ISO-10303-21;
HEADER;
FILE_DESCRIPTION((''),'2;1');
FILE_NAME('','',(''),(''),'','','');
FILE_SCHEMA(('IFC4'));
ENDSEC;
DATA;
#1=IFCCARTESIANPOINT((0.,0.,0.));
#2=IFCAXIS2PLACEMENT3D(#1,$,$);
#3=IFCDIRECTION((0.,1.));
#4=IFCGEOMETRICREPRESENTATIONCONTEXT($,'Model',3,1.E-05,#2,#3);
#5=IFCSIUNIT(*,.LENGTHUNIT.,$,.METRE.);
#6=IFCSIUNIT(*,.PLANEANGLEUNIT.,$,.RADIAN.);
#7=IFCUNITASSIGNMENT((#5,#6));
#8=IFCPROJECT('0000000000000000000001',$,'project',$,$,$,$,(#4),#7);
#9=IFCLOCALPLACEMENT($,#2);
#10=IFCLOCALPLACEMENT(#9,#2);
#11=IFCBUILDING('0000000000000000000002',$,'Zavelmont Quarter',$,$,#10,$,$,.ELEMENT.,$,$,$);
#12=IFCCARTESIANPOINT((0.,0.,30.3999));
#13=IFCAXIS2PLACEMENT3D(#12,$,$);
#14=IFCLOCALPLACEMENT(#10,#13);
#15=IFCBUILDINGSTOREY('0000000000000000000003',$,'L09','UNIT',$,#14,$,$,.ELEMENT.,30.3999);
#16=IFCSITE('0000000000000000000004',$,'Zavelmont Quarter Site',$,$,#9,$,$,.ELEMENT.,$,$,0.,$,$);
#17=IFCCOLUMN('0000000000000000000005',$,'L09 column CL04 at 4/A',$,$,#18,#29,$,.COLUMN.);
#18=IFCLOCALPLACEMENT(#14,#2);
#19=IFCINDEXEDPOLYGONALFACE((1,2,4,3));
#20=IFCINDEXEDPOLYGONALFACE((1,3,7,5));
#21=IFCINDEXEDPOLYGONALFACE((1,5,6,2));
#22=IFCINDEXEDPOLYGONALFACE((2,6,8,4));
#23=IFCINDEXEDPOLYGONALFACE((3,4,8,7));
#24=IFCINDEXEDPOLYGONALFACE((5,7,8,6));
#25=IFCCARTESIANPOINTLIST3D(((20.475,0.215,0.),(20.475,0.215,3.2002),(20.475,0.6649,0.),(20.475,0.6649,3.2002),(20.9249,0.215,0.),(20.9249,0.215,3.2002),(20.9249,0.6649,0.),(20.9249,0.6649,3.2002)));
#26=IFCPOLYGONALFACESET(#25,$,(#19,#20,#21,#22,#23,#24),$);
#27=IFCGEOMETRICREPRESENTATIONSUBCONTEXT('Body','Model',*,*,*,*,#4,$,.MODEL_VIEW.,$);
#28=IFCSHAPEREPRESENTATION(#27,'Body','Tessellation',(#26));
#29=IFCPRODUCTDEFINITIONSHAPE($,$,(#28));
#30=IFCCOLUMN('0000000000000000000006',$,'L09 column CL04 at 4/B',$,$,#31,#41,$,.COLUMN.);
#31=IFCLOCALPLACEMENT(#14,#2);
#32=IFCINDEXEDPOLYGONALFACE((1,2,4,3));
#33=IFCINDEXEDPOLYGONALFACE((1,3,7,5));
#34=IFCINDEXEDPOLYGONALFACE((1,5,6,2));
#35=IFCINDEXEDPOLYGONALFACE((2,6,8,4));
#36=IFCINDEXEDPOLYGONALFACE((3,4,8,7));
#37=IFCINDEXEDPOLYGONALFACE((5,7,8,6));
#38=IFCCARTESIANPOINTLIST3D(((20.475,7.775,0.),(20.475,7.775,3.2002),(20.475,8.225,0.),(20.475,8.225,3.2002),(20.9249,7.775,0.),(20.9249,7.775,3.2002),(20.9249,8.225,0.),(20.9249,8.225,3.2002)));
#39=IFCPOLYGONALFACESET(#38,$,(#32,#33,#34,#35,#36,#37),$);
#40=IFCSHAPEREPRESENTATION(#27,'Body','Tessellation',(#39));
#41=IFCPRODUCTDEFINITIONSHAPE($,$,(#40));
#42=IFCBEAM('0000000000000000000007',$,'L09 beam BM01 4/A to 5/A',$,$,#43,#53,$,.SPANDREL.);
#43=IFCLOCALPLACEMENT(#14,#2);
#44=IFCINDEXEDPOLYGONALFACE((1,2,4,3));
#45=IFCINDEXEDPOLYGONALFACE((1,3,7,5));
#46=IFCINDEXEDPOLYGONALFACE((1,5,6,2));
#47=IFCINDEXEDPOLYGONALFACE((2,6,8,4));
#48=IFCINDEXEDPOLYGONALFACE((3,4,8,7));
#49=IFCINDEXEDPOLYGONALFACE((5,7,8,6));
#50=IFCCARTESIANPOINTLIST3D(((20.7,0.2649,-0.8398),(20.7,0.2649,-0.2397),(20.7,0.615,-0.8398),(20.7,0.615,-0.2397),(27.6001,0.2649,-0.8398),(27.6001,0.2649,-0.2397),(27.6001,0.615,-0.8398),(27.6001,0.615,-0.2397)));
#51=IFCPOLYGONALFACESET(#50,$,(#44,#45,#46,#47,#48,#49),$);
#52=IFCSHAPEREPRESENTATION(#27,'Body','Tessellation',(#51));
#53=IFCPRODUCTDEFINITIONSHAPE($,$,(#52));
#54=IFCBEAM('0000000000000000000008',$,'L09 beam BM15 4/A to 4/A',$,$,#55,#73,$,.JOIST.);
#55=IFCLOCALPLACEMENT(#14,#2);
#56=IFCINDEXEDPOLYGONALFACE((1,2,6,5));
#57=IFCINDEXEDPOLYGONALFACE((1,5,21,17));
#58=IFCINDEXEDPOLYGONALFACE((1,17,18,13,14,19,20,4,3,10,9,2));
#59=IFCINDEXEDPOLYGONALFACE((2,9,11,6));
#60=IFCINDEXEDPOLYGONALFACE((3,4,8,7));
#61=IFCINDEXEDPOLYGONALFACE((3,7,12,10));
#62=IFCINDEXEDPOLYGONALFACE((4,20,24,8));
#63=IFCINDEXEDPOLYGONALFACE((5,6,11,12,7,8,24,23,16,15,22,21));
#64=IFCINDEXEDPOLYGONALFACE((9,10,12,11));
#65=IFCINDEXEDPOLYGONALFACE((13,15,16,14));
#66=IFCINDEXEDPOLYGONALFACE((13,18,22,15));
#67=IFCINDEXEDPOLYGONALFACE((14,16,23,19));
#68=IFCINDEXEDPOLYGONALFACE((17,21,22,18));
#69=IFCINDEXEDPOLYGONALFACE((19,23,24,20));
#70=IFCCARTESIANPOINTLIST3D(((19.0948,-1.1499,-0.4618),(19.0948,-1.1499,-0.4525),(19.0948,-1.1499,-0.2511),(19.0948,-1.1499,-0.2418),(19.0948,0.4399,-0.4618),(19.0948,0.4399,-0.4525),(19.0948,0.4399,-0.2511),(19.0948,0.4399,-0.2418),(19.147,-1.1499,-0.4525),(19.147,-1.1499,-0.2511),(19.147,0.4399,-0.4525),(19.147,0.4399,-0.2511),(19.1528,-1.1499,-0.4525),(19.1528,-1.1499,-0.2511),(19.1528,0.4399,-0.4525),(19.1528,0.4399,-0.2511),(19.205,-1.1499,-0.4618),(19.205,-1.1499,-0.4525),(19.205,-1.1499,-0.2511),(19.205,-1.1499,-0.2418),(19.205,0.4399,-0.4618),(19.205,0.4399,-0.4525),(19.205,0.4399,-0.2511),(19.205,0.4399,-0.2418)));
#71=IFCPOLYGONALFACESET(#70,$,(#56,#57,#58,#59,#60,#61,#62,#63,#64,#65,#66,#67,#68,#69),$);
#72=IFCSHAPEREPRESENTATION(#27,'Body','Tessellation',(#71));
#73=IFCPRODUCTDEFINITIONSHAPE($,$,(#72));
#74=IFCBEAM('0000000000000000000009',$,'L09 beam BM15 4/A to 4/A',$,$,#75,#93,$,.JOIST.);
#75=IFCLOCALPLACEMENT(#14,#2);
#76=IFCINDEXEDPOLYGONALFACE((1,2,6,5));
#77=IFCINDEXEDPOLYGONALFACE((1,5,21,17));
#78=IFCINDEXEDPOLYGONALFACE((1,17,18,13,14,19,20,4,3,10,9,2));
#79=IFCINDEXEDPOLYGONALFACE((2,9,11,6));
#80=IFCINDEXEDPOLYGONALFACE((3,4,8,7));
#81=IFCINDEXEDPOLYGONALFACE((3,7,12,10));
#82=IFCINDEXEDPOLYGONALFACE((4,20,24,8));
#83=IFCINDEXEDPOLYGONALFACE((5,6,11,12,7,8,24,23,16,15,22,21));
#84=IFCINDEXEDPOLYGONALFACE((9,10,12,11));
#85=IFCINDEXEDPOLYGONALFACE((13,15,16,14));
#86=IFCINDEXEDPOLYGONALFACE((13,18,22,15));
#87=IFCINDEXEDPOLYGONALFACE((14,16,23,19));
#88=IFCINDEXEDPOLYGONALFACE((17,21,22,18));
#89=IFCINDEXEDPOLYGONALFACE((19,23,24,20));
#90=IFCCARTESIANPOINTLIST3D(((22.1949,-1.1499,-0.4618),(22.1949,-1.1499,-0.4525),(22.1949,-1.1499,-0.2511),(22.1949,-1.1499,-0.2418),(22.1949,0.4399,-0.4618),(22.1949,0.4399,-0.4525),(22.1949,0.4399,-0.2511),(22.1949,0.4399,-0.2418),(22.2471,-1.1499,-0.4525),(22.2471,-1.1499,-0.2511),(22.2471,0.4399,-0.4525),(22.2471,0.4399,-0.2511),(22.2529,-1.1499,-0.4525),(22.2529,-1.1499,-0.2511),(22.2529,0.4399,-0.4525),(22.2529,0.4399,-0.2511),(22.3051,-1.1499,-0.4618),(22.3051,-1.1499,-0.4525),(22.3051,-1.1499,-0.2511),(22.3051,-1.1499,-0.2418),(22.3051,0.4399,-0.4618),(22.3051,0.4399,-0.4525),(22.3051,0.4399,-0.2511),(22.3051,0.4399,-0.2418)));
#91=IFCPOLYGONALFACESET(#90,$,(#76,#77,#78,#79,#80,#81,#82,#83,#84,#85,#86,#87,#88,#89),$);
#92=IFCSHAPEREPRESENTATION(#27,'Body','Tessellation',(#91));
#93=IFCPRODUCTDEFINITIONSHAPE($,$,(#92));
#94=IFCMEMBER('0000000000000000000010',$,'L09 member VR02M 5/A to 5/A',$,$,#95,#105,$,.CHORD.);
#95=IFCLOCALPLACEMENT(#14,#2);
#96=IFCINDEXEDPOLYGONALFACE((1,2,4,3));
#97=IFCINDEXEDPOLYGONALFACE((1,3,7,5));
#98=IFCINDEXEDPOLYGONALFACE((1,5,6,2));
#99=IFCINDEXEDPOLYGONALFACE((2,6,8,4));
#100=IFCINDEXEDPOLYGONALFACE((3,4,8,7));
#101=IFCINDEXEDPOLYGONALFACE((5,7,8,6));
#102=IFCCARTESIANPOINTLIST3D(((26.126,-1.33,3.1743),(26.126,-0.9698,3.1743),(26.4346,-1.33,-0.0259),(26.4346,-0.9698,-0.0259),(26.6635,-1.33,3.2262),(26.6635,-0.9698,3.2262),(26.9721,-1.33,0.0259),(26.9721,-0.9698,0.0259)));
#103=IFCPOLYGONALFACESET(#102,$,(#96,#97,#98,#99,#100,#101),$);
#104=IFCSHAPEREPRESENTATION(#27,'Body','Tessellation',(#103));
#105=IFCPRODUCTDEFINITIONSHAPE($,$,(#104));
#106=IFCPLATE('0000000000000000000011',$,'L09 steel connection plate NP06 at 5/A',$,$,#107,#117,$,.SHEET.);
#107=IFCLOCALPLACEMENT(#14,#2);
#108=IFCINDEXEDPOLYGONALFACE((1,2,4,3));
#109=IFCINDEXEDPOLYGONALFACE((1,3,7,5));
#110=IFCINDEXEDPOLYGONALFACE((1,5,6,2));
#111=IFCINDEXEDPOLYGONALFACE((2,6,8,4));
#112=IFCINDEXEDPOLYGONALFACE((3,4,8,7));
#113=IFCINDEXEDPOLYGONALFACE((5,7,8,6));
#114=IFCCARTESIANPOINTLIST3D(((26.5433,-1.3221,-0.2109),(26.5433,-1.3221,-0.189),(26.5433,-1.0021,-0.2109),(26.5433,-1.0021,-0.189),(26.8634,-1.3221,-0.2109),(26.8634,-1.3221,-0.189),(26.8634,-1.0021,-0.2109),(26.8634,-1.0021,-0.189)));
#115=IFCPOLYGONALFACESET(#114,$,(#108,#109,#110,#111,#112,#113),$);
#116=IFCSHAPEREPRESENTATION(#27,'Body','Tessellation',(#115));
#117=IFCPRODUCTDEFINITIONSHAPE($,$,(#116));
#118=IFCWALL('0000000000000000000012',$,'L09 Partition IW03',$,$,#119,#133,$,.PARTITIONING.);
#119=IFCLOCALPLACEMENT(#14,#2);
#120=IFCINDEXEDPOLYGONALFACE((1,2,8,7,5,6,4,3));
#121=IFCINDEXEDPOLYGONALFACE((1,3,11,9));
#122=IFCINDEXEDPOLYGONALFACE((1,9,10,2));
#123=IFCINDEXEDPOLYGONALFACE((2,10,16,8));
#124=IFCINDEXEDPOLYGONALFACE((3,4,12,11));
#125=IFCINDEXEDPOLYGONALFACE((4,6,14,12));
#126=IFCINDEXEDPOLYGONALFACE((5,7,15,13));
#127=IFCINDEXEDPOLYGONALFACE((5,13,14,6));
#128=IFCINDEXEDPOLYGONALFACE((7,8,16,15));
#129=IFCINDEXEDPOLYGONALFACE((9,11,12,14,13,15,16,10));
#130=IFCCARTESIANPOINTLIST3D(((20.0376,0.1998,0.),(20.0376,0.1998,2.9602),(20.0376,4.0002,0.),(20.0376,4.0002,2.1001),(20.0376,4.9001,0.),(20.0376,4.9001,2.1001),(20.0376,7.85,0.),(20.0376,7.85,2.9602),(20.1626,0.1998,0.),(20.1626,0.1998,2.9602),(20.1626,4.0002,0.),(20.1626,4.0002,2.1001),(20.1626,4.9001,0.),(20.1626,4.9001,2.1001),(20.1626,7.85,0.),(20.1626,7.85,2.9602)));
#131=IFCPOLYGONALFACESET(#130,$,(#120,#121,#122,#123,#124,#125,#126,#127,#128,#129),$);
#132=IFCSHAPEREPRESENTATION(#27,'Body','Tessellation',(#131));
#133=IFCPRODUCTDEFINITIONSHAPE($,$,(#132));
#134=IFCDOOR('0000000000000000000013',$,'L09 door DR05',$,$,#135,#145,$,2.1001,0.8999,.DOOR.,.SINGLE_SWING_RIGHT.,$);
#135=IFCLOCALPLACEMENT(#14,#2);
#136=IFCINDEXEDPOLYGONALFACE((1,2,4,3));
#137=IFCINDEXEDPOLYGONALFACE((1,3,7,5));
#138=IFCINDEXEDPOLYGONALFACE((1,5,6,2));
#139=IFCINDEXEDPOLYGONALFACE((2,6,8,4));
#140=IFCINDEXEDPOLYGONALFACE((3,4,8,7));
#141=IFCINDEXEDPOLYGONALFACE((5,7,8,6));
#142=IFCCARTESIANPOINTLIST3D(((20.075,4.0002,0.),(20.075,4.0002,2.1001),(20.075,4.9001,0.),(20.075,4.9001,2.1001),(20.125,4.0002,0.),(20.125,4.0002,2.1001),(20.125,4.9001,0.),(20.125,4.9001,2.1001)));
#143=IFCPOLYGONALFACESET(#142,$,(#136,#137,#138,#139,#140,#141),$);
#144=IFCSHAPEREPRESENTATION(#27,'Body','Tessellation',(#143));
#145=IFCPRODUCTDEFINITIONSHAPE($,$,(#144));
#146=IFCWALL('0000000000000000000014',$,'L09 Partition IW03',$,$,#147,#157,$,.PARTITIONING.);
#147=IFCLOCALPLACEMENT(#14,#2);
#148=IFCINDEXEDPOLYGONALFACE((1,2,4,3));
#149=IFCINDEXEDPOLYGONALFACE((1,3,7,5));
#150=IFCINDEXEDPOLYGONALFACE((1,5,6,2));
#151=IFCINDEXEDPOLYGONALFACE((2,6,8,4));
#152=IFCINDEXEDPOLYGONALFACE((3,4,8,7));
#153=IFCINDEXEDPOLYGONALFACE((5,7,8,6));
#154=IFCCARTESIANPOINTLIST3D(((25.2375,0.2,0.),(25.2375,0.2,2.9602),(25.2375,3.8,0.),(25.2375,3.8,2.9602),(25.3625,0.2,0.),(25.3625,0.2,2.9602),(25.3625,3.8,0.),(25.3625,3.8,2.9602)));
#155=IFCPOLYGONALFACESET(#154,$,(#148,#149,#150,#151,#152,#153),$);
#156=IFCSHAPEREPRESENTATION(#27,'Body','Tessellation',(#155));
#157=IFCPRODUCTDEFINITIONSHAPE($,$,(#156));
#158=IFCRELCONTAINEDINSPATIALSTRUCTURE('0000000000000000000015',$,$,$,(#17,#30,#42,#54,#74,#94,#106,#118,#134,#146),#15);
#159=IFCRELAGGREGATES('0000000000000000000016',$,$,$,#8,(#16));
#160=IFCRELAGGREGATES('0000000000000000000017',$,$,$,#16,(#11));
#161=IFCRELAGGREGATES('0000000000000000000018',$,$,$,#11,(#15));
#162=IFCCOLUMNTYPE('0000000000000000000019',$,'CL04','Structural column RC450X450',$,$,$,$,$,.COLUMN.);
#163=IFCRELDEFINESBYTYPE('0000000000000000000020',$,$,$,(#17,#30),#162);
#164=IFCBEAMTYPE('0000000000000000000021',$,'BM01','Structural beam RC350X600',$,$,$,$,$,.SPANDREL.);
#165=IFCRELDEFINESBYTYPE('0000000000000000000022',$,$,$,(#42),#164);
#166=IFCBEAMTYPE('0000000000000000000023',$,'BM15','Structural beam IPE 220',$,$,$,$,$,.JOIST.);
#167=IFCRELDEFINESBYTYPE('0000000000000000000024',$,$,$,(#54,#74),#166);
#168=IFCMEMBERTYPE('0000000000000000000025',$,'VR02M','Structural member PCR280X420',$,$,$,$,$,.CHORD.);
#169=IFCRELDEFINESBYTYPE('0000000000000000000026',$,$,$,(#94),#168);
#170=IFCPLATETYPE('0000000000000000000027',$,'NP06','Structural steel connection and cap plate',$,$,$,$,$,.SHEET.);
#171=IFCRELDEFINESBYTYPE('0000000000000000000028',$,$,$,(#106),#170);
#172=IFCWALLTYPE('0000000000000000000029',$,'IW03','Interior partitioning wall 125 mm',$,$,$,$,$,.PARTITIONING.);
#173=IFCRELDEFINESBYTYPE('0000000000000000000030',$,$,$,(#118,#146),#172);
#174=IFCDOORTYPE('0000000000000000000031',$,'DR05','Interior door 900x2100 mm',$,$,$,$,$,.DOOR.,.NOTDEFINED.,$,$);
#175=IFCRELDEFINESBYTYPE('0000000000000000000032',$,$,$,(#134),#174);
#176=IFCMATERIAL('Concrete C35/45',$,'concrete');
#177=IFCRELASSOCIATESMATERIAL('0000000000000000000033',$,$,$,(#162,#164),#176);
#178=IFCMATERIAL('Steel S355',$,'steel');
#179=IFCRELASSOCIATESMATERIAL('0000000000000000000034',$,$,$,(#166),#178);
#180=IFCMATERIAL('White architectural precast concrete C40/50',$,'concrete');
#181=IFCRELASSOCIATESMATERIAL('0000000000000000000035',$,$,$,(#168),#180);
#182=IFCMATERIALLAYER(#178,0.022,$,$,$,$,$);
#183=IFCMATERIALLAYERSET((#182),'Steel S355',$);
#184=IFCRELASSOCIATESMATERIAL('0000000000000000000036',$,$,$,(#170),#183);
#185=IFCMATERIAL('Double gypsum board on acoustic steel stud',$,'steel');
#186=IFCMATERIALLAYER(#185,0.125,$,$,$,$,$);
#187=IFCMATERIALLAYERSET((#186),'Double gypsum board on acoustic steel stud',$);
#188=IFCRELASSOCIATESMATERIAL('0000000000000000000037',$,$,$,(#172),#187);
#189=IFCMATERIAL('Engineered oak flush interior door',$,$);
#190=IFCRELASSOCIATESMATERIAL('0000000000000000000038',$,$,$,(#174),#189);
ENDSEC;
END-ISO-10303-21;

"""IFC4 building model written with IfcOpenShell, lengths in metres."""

from ifc_helpers import new_model, si_unit, direction, frame, frame_2d, origin, origin_with_axes, origin_2d, place, context, subcontext, project, spatial, rectangle, i_section, extrude, material, layer, layer_set, material_profile, profile_set, type_object, element, fill, save


model = new_model("IFC4")

# Units and contexts
model_context = context("Model", 3, precision=1e-05, world=origin(), true_north=direction((0.0, 1.0)))
body_context = subcontext(model_context, "Body", "Model", "MODEL_VIEW")
ifc_project = project(units=[si_unit("LENGTHUNIT", "METRE"), si_unit("PLANEANGLEUNIT", "RADIAN")], contexts=[model_context])

# Site, building, storey
site_placement = place(None, origin())
site = spatial("IfcSite", under=ifc_project, at=site_placement, Name="Zavelmont Quarter Site", CompositionType="ELEMENT", RefElevation=0.0)
building_placement = place(site_placement, origin())
building = spatial("IfcBuilding", under=site, at=building_placement, Name="Zavelmont Quarter", CompositionType="ELEMENT")
storey_placement = place(building_placement, frame((0.0, 0.0, 30.3999)))
storey = spatial("IfcBuildingStorey", under=building, at=storey_placement, Name="L09", Description="UNIT", CompositionType="ELEMENT", Elevation=30.3999)

# Columns
ifc_material_1 = material(Name="Concrete C35/45", Category="concrete")
ifc_material_profile_1 = material_profile(ifc_material_1, rectangle(XDim=0.45, YDim=0.45, at=origin_2d()), Name="RC450X450")
ifc_profile_set_1 = profile_set([ifc_material_profile_1], Name="Concrete C35/45")
column_type = type_object("IfcColumnType", Name="CL04", Description="Structural column RC450X450", PredefinedType="COLUMN", material=ifc_profile_set_1)
for number, where, z_axis, x_axis, name in (
    (1, (20.7, 0.4399, 0.0), (0.0, 0.0, 1.0), (1.0, 0.0, 0.0), "L09 column CL04 at 4/A"),
    (2, (20.7, 8.0, 0.0), (0.0, 0.0, 1.0), (1.0, 0.0, 0.0), "L09 column CL04 at 4/B"),
):
    element("IfcColumn", number, at=place(storey_placement, frame(where, z_axis=z_axis, x_axis=x_axis)), inside=storey, type_object=column_type, Name=name, PredefinedType="COLUMN", context=body_context, shape_type="SweptSolid", body=[
        extrude(rectangle(XDim=0.45, YDim=0.45, at=origin_2d()), origin(), (0.0, 0.0, 1.0), 3.2002),
    ])

# Beams
ifc_material_profile_2 = material_profile(ifc_material_1, rectangle(XDim=0.3501, YDim=0.6001, at=origin_2d()), Name="RC350X600")
ifc_profile_set_2 = profile_set([ifc_material_profile_2], Name="Concrete C35/45")
beam_type_1 = type_object("IfcBeamType", Name="BM01", Description="Structural beam RC350X600", PredefinedType="SPANDREL", material=ifc_profile_set_2)
beam_placement = place(storey_placement, frame((20.7, 0.4399, -0.5398), z_axis=(1.0, 0.0, 0.0), x_axis=(0.0, 1.0, 0.0)))
element("IfcBeam", 3, at=beam_placement, inside=storey, type_object=beam_type_1, Name="L09 beam BM01 4/A to 5/A", PredefinedType="SPANDREL", context=body_context, shape_type="SweptSolid", body=[
    extrude(rectangle(XDim=0.3501, YDim=0.6001, at=origin_2d()), origin(), (0.0, 0.0, 1.0), 6.9001),
])
ifc_material_2 = material(Name="Steel S355", Category="steel")
ifc_material_profile_3 = material_profile(ifc_material_2, i_section(OverallWidth=0.1101, OverallDepth=0.22, WebThickness=0.0059, FlangeThickness=0.0093, at=origin_2d()), Name="IPE 220")
ifc_profile_set_3 = profile_set([ifc_material_profile_3], Name="Steel S355")
beam_type_2 = type_object("IfcBeamType", Name="BM15", Description="Structural beam IPE 220", PredefinedType="JOIST", material=ifc_profile_set_3)
for number, where, z_axis, x_axis, name in (
    (4, (19.1499, 0.4399, -0.3518), (0.0, -1.0, 0.0), (1.0, 0.0, 0.0), "L09 beam BM15 4/A to 4/A"),
    (5, (22.25, 0.4399, -0.3518), (0.0, -1.0, 0.0), (1.0, 0.0, 0.0), "L09 beam BM15 4/A to 4/A"),
):
    element("IfcBeam", number, at=place(storey_placement, frame(where, z_axis=z_axis, x_axis=x_axis)), inside=storey, type_object=beam_type_2, Name=name, PredefinedType="JOIST", context=body_context, shape_type="SweptSolid", body=[
        extrude(i_section(OverallWidth=0.1101, OverallDepth=0.22, WebThickness=0.0059, FlangeThickness=0.0093, at=origin_2d()), origin(), (0.0, 0.0, 1.0), 1.5898),
    ])

# Member
ifc_material_3 = material(Name="White architectural precast concrete C40/50", Category="concrete")
ifc_material_profile_4 = material_profile(ifc_material_3, rectangle(XDim=0.3601, YDim=0.54, at=origin_2d()), Name="PCR280X420")
ifc_profile_set_4 = profile_set([ifc_material_profile_4], Name="White architectural precast concrete C40/50")
member_type = type_object("IfcMemberType", Name="VR02M", Description="Structural member PCR280X420", PredefinedType="CHORD", material=ifc_profile_set_4)
member_placement = place(storey_placement, frame((26.7034, -1.1499, 0.0), z_axis=(-0.095984, 0.0, 0.995383), x_axis=(0.0, -1.0, 0.0)))
element("IfcMember", 6, at=member_placement, inside=storey, type_object=member_type, Name="L09 member VR02M 5/A to 5/A", PredefinedType="CHORD", context=body_context, shape_type="SweptSolid", body=[
    extrude(rectangle(XDim=0.3601, YDim=0.54, at=origin_2d()), origin(), (0.0, 0.0, 1.0), 3.2151),
])

# Plate
ifc_layer_1 = layer(ifc_material_2, 0.022)
ifc_layer_set_1 = layer_set([ifc_layer_1], Name="Steel S355")
plate_type = type_object("IfcPlateType", Name="NP06", Description="Structural steel connection and cap plate", PredefinedType="SHEET", material=ifc_layer_set_1)
plate_placement = place(storey_placement, frame((26.7034, -1.1621, -0.2109), z_axis=(0.0, 0.0, 1.0), x_axis=(1.0, 0.0, 0.0)))
element("IfcPlate", 7, at=plate_placement, inside=storey, type_object=plate_type, Name="L09 steel connection plate NP06 at 5/A", PredefinedType="SHEET", context=body_context, shape_type="SweptSolid", body=[
    extrude(rectangle(XDim=0.3201, YDim=0.3201, at=origin_2d()), origin(), (0.0, 0.0, 1.0), 0.022),
])

# Wall, opening, door
ifc_material_4 = material(Name="Double gypsum board on acoustic steel stud", Category="steel")
ifc_layer_2 = layer(ifc_material_4, 0.125)
ifc_layer_set_2 = layer_set([ifc_layer_2], Name="Double gypsum board on acoustic steel stud")
wall_type_1 = type_object("IfcWallType", Name="IW03", Description="Interior partitioning wall 125 mm", PredefinedType="PARTITIONING", material=ifc_layer_set_2)
wall_1_placement = place(storey_placement, frame((20.1001, 7.8501, 0.0), z_axis=(0.0, 0.0, 1.0), x_axis=(0.0, -1.0, 0.0)))
wall_1 = element("IfcWall", 8, at=wall_1_placement, inside=storey, type_object=wall_type_1, Name="L09 Partition IW03", PredefinedType="PARTITIONING", context=body_context, shape_type="SweptSolid", body=[
    extrude(rectangle(XDim=7.6501, YDim=0.125, at=frame_2d((3.8252, 0.0))), origin(), (0.0, 0.0, 1.0), 2.9602),
])
opening_1_placement = place(wall_1_placement, frame((2.95, 0.0, 0.0)))
opening_1 = element("IfcOpeningElement", 9, at=opening_1_placement, cuts=wall_1, PredefinedType="OPENING", context=body_context, shape_type="SweptSolid", body=[
    extrude(rectangle(XDim=0.8999, YDim=2.1001, at=frame_2d((0.45, 1.05))), frame((0.0, 0.0745, 0.0), z_axis=(0.0, -1.0, 0.0), x_axis=(1.0, 0.0, 0.0)), (0.0, 0.0, 1.0), 0.1489),
])
ifc_material_5 = material(Name="Engineered oak flush interior door")
door_type_1 = type_object("IfcDoorType", Name="DR05", Description="Interior door 900x2100 mm", OperationType="NOTDEFINED", PredefinedType="DOOR", material=ifc_material_5)
door_1_placement = place(opening_1_placement, origin_with_axes())
door_1 = element("IfcDoor", 10, at=door_1_placement, inside=storey, type_object=door_type_1, Name="L09 door DR05", OperationType="SINGLE_SWING_RIGHT", OverallHeight=2.1001, OverallWidth=0.8999, PredefinedType="DOOR", context=body_context, shape_type="SweptSolid", body=[
    extrude(rectangle(XDim=0.8999, YDim=2.1001, at=frame_2d((0.45, 1.05))), frame((0.0, 0.0249, 0.0), z_axis=(0.0, -1.0, 0.0), x_axis=(1.0, 0.0, 0.0)), (0.0, 0.0, 1.0), 0.05),
])
fill(opening_1, door_1)

# Wall
wall_2_placement = place(storey_placement, frame((25.3, 3.8, 0.0), z_axis=(0.0, 0.0, 1.0), x_axis=(0.0, -1.0, 0.0)))
element("IfcWall", 11, at=wall_2_placement, inside=storey, type_object=wall_type_1, Name="L09 Partition IW03", PredefinedType="PARTITIONING", context=body_context, shape_type="SweptSolid", body=[
    extrude(rectangle(XDim=3.6001, YDim=0.125, at=frame_2d((1.8, 0.0))), origin(), (0.0, 0.0, 1.0), 2.9602),
])

save(model, "model.ifc")
